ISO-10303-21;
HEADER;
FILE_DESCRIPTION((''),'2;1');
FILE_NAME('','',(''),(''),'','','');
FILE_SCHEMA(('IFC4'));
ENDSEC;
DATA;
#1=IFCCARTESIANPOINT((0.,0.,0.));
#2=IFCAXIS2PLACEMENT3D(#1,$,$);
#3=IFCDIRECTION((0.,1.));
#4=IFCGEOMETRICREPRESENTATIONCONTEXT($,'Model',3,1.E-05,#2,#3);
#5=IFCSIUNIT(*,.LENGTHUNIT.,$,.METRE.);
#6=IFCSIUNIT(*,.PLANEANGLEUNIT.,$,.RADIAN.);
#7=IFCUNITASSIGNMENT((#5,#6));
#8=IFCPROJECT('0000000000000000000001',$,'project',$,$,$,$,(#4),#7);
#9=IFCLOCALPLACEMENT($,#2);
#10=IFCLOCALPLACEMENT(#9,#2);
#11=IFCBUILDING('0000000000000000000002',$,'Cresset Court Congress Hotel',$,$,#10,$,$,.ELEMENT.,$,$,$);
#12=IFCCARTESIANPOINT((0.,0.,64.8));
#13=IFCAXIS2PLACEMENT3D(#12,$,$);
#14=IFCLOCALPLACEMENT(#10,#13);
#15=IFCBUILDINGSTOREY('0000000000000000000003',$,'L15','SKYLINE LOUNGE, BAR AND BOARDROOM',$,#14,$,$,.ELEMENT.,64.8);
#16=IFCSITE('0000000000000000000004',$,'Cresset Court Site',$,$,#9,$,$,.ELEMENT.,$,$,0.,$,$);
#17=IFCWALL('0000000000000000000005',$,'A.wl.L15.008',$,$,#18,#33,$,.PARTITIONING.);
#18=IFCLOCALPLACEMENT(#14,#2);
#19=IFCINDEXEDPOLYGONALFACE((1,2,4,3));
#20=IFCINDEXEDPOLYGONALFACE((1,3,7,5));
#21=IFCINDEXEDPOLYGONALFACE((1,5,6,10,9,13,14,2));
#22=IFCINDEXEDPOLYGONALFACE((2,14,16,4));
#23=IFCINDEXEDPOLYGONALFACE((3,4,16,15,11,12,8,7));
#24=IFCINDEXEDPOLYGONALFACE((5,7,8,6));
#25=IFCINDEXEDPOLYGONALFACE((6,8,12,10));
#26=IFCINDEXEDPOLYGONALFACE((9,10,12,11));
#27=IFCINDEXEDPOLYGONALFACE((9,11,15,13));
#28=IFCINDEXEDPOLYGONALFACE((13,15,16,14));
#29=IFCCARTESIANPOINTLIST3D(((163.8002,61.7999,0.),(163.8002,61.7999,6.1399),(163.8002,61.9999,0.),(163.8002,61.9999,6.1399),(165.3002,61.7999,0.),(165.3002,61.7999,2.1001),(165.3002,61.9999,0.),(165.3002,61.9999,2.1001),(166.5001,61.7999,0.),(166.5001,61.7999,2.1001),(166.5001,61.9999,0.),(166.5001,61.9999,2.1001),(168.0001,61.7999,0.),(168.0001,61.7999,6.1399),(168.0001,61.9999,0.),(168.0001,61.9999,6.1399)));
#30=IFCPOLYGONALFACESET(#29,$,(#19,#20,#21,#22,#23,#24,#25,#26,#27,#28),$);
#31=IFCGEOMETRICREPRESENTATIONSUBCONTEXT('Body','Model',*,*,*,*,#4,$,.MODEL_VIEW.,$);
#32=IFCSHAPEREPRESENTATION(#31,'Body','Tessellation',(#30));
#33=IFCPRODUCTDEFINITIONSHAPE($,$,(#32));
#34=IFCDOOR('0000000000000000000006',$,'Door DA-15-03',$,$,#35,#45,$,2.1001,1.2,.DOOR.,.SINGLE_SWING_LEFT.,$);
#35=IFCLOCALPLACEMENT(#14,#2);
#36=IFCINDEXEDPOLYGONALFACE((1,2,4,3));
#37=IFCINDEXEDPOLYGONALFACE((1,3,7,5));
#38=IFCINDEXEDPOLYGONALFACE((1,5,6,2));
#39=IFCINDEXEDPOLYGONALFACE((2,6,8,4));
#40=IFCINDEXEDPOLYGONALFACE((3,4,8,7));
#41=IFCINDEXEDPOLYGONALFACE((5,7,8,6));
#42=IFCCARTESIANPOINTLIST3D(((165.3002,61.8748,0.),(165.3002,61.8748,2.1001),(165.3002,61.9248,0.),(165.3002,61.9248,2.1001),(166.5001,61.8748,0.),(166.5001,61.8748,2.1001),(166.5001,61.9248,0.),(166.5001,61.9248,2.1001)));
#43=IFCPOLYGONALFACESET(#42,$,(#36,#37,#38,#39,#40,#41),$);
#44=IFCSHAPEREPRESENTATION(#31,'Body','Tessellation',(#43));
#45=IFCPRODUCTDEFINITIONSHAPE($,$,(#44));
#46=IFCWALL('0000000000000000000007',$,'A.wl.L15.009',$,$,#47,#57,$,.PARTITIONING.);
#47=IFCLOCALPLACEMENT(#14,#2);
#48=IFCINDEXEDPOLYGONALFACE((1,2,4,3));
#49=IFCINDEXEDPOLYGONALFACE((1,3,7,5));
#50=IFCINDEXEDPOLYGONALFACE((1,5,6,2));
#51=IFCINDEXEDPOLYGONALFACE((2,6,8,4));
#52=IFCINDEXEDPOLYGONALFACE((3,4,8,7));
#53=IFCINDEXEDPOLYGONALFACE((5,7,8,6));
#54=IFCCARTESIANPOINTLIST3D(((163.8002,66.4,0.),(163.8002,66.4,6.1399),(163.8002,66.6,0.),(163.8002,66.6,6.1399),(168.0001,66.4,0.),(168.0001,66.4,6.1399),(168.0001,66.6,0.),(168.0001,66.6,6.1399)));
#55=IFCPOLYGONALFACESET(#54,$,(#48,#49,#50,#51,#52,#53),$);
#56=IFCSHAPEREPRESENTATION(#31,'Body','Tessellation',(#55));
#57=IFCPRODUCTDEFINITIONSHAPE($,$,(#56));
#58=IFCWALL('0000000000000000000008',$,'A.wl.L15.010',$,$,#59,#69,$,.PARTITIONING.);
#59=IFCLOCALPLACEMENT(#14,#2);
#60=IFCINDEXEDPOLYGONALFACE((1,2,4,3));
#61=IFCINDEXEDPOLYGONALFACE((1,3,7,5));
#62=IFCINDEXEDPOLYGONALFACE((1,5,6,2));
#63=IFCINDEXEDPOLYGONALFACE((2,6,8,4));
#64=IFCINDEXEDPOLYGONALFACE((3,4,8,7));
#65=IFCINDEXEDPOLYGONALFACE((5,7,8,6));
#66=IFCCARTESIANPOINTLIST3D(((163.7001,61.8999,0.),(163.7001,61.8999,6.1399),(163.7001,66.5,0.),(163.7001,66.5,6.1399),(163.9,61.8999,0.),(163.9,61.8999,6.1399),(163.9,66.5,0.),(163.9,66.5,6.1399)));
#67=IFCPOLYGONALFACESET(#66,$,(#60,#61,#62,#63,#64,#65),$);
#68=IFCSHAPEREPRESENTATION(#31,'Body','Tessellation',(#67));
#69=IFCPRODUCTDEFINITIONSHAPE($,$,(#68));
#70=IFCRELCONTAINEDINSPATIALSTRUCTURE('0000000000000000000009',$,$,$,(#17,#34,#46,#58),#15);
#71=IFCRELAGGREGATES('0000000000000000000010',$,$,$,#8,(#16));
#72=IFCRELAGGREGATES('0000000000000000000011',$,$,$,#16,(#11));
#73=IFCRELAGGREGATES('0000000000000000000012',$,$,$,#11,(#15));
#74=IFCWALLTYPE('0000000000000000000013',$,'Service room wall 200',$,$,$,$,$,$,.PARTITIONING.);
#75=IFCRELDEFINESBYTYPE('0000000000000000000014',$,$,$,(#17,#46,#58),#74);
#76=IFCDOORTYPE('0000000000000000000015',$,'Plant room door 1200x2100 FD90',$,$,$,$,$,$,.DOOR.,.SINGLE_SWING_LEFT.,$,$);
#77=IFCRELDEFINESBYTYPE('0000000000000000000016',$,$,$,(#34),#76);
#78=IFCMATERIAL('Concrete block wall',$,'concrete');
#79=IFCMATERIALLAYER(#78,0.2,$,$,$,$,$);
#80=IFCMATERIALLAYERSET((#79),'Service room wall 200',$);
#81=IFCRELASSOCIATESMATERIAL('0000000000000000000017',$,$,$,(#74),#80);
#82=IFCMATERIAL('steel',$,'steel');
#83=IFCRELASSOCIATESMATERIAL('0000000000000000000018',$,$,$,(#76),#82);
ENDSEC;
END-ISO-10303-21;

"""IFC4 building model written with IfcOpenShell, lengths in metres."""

from ifc_helpers import new_model, si_unit, direction, frame, frame_2d, origin, place, context, subcontext, project, spatial, rectangle, extrude, material, layer, layer_set, type_object, element, fill, save


model = new_model("IFC4")

# Units and contexts
model_context = context("Model", 3, precision=1e-05, world=origin(), true_north=direction((0.0, 1.0)))
body_context = subcontext(model_context, "Body", "Model", "MODEL_VIEW")
ifc_project = project(units=[si_unit("LENGTHUNIT", "METRE"), si_unit("PLANEANGLEUNIT", "RADIAN")], contexts=[model_context])

# Site, building, storey
site_placement = place(None, origin())
site = spatial("IfcSite", under=ifc_project, at=site_placement, Name="Cresset Court Site", CompositionType="ELEMENT", RefElevation=0.0)
building_placement = place(site_placement, origin())
building = spatial("IfcBuilding", under=site, at=building_placement, Name="Cresset Court Congress Hotel", CompositionType="ELEMENT")
storey_placement = place(building_placement, frame((0.0, 0.0, 64.8)))
storey = spatial("IfcBuildingStorey", under=building, at=storey_placement, Name="L15", Description="SKYLINE LOUNGE, BAR AND BOARDROOM", CompositionType="ELEMENT", Elevation=64.8)

# Wall, opening, door
ifc_material_1 = material(Name="Concrete block wall", Category="concrete")
ifc_layer_1 = layer(ifc_material_1, 0.2)
ifc_layer_set_1 = layer_set([ifc_layer_1], Name="Service room wall 200")
wall_type_1 = type_object("IfcWallType", Name="Service room wall 200", PredefinedType="PARTITIONING", material=ifc_layer_set_1)
wall_1_placement = place(storey_placement, frame((163.8, 61.8999, 0.0), z_axis=(0.0, 0.0, 1.0), x_axis=(1.0, 0.0, 0.0)))
wall_1 = element("IfcWall", 1, at=wall_1_placement, inside=storey, type_object=wall_type_1, Name="A.wl.L15.008", PredefinedType="PARTITIONING", context=body_context, shape_type="SweptSolid", body=[
    extrude(rectangle(XDim=4.2, YDim=0.2, at=frame_2d((2.1001, 0.0))), origin(), (0.0, 0.0, 1.0), 6.1399),
])
opening_placement = place(wall_1_placement, frame((1.5, 0.0, 0.0)))
opening = element("IfcOpeningElement", 2, at=opening_placement, cuts=wall_1, PredefinedType="OPENING", context=body_context, shape_type="SweptSolid", body=[
    extrude(rectangle(XDim=1.2, YDim=2.1001, at=frame_2d((0.6001, 1.05))), frame((0.0, 0.1099, 0.0), z_axis=(0.0, -1.0, 0.0), x_axis=(1.0, 0.0, 0.0)), (0.0, 0.0, 1.0), 0.22),
])
ifc_material_2 = material(Name="steel", Category="steel")
door_type = type_object("IfcDoorType", Name="Plant room door 1200x2100 FD90", OperationType="SINGLE_SWING_LEFT", PredefinedType="DOOR", material=ifc_material_2)
door_placement = place(opening_placement, origin())
door = element("IfcDoor", 3, at=door_placement, inside=storey, type_object=door_type, Name="Door DA-15-03", OperationType="SINGLE_SWING_LEFT", OverallHeight=2.1001, OverallWidth=1.2, PredefinedType="DOOR", context=body_context, shape_type="SweptSolid", body=[
    extrude(rectangle(XDim=1.2, YDim=2.1001, at=frame_2d((0.6001, 1.05))), frame((0.0, 0.0249, 0.0), z_axis=(0.0, -1.0, 0.0), x_axis=(1.0, 0.0, 0.0)), (0.0, 0.0, 1.0), 0.05),
])
fill(opening, door)

# Walls
wall_2_placement = place(storey_placement, frame((163.8, 66.5, 0.0), z_axis=(0.0, 0.0, 1.0), x_axis=(1.0, 0.0, 0.0)))
element("IfcWall", 4, at=wall_2_placement, inside=storey, type_object=wall_type_1, Name="A.wl.L15.009", PredefinedType="PARTITIONING", context=body_context, shape_type="SweptSolid", body=[
    extrude(rectangle(XDim=4.2, YDim=0.2, at=frame_2d((2.1001, 0.0))), origin(), (0.0, 0.0, 1.0), 6.1399),
])
wall_3_placement = place(storey_placement, frame((163.8, 61.8999, 0.0), z_axis=(0.0, 0.0, 1.0), x_axis=(0.0, 1.0, 0.0)))
element("IfcWall", 5, at=wall_3_placement, inside=storey, type_object=wall_type_1, Name="A.wl.L15.010", PredefinedType="PARTITIONING", context=body_context, shape_type="SweptSolid", body=[
    extrude(rectangle(XDim=4.6001, YDim=0.2, at=frame_2d((2.3, 0.0))), origin(), (0.0, 0.0, 1.0), 6.1399),
])

save(model, "model.ifc")
